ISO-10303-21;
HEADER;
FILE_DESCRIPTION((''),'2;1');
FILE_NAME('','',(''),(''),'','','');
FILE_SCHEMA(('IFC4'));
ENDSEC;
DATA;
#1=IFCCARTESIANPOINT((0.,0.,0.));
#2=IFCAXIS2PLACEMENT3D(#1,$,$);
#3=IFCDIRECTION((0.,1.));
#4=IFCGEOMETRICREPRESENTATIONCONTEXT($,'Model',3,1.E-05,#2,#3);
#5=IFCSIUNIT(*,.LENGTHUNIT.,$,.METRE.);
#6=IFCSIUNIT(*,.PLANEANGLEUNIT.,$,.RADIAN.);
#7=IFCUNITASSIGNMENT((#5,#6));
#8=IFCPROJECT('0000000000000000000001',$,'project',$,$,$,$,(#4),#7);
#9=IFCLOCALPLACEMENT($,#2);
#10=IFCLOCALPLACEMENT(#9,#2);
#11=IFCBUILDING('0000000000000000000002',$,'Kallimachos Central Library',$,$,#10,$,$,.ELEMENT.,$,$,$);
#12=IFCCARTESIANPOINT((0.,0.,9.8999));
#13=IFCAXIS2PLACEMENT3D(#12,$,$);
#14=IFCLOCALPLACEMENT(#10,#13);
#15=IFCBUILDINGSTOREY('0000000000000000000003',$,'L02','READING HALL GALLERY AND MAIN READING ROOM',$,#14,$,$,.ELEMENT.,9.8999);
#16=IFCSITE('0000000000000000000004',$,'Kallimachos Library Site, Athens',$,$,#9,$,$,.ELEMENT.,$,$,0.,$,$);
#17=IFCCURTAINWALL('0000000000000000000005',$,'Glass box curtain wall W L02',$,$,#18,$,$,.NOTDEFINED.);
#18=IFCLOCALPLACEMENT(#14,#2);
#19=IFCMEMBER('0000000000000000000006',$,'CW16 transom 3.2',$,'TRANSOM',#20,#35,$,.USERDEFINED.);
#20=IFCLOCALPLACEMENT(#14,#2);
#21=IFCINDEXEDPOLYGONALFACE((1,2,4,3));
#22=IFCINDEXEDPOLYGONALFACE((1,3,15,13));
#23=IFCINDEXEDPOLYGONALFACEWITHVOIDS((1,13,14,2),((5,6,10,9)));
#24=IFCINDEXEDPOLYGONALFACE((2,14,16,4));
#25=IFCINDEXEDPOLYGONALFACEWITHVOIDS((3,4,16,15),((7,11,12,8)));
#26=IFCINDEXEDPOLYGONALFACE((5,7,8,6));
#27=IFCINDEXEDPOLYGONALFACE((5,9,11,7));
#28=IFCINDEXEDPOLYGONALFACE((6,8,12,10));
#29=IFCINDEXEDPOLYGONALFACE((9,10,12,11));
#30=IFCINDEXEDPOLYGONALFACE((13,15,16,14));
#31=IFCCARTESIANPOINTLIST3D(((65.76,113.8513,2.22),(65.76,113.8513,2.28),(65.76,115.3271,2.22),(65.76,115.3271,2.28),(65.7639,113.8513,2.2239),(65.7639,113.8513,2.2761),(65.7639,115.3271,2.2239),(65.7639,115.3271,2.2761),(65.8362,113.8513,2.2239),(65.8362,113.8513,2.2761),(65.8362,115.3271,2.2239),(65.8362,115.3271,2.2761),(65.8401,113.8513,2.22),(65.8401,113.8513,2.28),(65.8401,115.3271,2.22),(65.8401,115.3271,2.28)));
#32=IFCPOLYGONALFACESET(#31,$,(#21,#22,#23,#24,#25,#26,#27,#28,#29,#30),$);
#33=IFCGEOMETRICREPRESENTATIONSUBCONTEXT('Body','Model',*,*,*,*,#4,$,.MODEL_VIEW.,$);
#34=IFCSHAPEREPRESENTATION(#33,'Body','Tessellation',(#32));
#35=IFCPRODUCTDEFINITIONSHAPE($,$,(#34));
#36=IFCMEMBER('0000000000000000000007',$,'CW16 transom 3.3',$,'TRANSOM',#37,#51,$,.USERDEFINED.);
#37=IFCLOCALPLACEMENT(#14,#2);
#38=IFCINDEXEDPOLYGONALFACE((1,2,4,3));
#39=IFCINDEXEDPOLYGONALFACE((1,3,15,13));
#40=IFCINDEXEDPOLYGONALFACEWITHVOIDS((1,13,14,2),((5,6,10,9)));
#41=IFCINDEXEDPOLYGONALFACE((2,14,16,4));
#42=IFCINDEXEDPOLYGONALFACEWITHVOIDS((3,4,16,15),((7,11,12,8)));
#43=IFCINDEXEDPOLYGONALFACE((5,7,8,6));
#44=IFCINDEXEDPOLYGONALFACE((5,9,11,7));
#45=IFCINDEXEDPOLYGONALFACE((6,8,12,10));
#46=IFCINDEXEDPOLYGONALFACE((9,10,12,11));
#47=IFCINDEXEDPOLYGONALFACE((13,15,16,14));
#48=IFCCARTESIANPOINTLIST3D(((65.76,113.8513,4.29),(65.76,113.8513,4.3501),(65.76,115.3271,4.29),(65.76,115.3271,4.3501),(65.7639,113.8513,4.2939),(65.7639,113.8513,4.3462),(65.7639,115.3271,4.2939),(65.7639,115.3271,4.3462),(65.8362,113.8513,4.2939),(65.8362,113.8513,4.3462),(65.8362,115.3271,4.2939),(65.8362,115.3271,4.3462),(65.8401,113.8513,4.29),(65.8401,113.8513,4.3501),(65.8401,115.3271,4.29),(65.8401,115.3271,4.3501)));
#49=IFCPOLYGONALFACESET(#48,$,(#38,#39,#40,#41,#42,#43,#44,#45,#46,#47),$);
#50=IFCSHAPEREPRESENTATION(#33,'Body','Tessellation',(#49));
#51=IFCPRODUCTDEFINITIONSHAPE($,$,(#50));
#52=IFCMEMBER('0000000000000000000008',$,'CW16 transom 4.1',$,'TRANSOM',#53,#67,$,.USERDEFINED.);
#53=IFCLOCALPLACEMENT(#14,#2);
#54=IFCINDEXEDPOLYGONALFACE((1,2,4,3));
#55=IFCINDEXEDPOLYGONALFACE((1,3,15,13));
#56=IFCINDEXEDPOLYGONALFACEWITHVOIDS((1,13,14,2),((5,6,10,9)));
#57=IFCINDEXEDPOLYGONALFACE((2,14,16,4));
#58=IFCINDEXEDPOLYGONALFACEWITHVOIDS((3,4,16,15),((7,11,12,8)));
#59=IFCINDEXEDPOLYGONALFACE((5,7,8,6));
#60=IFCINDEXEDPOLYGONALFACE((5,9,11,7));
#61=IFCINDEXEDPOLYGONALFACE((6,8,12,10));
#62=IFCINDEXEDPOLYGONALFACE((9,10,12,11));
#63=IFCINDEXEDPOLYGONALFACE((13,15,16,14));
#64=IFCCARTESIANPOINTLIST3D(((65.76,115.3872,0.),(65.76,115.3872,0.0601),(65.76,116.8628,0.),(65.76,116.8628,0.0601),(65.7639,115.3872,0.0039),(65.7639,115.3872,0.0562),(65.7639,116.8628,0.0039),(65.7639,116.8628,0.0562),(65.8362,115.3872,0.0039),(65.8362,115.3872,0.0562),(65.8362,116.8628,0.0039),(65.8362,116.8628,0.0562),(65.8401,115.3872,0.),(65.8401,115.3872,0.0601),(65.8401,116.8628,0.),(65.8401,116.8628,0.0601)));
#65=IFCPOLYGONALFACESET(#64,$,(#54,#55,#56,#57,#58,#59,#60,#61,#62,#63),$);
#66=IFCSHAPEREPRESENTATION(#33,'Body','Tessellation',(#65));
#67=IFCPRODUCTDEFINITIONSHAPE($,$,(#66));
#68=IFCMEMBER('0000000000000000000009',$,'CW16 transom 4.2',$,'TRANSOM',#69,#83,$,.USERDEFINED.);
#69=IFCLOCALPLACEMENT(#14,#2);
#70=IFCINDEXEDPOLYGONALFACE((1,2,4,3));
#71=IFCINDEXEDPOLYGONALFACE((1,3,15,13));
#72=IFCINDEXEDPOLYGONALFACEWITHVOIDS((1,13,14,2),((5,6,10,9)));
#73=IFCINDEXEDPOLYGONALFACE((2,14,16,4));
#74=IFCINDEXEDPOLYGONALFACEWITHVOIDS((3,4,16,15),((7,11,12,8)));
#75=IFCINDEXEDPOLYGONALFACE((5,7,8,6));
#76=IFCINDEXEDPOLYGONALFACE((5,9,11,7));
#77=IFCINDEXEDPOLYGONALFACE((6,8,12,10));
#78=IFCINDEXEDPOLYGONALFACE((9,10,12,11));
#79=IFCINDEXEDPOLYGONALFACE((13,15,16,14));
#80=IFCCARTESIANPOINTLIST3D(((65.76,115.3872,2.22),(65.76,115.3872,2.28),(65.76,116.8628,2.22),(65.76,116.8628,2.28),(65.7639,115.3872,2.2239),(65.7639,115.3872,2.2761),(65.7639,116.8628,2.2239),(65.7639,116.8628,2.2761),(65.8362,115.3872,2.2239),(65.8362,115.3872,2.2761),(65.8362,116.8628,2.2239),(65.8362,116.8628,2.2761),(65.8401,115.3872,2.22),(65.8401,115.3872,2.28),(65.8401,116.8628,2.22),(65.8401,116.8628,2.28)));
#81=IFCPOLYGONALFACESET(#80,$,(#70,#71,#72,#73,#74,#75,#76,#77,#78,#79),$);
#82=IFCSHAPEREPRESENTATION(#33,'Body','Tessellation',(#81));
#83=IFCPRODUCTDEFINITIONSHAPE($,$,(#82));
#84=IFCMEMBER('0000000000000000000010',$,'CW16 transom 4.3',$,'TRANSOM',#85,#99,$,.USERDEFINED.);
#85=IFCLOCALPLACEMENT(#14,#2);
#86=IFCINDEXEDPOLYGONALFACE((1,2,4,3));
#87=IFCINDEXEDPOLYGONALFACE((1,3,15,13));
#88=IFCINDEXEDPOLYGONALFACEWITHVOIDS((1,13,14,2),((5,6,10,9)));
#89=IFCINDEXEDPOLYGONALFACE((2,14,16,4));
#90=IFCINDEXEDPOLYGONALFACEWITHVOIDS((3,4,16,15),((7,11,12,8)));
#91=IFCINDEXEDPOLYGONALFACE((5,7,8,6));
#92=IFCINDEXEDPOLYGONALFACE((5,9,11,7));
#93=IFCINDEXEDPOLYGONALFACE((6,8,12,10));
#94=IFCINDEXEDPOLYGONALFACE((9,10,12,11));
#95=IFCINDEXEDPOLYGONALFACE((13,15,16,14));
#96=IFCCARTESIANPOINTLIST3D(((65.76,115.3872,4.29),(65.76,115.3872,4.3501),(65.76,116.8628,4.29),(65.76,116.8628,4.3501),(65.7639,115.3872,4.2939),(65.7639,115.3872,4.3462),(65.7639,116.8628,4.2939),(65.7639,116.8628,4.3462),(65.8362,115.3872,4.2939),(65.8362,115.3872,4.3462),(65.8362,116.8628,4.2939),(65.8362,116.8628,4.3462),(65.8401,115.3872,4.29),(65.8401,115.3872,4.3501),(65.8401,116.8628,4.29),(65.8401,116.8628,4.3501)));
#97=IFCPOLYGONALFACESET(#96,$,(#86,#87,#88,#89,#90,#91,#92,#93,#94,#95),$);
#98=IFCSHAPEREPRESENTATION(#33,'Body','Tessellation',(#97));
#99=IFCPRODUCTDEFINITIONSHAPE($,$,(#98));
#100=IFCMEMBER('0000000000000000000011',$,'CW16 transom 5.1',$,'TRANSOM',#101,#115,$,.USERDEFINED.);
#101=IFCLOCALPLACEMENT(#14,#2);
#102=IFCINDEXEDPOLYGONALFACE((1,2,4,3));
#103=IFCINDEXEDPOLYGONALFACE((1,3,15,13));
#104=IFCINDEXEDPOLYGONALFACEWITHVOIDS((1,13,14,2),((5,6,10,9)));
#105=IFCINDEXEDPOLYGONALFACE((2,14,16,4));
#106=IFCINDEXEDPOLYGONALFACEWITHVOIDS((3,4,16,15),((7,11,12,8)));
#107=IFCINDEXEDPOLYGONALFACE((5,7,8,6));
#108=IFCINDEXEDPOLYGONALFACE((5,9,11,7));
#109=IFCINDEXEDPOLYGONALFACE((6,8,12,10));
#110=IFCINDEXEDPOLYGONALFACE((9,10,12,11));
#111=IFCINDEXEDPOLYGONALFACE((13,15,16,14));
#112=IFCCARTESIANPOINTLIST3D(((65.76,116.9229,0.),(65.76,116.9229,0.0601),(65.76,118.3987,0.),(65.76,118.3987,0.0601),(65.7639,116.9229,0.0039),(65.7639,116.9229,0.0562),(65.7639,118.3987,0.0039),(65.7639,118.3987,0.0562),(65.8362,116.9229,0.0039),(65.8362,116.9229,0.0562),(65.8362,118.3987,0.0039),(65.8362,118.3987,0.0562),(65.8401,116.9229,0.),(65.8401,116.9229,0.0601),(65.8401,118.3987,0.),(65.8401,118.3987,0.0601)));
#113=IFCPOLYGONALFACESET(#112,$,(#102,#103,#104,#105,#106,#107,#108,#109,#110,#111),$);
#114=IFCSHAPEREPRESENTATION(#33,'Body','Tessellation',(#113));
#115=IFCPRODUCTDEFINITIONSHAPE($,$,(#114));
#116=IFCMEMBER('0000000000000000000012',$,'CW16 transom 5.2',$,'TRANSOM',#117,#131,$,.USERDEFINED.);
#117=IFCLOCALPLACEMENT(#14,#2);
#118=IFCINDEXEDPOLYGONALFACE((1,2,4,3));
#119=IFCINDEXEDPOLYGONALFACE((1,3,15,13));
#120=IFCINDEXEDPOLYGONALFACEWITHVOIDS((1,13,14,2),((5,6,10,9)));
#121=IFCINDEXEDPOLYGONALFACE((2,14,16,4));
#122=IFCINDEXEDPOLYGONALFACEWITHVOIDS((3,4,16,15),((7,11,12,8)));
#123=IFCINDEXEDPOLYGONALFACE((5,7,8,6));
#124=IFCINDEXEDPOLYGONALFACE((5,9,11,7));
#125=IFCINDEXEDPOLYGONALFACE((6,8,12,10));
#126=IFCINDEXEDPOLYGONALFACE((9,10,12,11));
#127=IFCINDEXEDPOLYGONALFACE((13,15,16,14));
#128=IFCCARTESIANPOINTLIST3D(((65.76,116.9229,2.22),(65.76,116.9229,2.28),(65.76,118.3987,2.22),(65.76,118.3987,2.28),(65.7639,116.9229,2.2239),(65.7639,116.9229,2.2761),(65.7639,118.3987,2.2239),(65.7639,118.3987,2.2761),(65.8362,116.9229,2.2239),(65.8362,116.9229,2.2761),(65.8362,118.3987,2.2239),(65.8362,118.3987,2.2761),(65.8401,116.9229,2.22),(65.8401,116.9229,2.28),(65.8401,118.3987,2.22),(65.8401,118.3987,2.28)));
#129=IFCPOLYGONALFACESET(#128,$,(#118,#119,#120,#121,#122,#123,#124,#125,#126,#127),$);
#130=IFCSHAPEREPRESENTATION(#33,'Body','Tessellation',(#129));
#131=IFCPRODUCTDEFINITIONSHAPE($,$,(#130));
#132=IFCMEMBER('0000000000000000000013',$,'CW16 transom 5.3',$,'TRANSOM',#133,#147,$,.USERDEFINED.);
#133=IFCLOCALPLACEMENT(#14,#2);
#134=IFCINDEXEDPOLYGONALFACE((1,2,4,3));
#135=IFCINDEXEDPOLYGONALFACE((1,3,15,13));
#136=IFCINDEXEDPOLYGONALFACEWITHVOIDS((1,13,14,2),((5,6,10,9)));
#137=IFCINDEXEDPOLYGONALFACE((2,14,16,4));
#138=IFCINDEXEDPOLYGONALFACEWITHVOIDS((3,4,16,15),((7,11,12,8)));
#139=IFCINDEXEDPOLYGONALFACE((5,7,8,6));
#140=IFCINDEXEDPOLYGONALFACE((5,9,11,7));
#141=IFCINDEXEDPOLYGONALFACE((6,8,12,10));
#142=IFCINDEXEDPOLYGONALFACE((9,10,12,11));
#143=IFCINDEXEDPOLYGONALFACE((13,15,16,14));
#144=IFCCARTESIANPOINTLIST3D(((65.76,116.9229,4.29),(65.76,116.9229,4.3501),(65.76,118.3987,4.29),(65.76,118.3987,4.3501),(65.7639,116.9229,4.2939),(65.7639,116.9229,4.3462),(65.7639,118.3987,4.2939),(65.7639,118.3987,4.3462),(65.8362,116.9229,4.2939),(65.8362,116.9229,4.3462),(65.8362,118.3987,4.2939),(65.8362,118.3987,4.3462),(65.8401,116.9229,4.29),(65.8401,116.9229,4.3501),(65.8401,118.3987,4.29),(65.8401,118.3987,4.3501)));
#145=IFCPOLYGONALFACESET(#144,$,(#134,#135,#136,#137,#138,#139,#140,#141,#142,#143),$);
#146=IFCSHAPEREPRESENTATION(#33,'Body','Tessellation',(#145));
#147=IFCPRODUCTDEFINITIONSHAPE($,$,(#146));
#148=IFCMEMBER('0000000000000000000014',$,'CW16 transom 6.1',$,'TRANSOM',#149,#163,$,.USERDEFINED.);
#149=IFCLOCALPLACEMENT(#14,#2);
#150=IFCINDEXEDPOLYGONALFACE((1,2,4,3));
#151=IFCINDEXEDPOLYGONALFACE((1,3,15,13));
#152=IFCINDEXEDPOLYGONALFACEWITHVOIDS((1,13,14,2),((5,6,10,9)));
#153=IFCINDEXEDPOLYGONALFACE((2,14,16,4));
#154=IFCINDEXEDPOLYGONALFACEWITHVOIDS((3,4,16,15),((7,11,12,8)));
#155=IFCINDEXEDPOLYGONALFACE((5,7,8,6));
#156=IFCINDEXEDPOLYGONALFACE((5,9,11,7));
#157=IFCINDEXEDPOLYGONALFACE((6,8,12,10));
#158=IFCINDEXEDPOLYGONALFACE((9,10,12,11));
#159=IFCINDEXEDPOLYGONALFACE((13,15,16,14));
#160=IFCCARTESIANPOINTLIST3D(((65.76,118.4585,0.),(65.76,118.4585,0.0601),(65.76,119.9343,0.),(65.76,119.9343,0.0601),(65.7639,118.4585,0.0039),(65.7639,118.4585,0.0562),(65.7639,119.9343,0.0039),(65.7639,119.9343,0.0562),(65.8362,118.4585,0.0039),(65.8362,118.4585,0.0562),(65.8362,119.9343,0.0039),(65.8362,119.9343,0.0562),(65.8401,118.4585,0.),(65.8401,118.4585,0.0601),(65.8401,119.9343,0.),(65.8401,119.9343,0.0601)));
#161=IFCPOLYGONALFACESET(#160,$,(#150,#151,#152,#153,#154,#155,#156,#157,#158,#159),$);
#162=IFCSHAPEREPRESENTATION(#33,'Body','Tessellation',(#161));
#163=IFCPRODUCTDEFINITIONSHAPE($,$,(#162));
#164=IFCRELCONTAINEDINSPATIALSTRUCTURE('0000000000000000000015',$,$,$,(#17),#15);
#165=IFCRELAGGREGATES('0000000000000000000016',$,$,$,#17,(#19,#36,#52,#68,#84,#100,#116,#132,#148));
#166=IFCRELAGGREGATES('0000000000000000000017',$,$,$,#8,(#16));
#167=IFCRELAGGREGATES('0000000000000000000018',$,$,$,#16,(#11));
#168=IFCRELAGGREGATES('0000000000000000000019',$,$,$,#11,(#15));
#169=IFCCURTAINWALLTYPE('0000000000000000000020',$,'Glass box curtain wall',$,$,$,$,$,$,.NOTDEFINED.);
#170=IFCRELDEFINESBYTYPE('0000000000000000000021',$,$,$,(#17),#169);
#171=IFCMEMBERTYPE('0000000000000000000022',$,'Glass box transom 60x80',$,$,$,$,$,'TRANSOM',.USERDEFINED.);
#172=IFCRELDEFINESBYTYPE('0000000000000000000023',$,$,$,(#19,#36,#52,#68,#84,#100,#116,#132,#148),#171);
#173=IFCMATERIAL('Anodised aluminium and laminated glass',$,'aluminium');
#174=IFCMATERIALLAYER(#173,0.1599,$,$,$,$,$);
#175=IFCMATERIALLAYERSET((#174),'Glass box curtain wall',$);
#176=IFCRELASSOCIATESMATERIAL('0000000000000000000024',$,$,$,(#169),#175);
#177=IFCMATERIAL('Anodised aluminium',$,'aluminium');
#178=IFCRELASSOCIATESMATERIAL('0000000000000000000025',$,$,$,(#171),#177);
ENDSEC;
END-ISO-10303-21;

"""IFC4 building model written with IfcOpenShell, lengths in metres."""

from ifc_helpers import new_model, si_unit, direction, frame, origin, origin_2d, place, context, subcontext, project, spatial, hollow_rectangle, extrude, material, layer, layer_set, material_profile, profile_set, type_object, element, aggregate, save


model = new_model("IFC4")

# Units and contexts
model_context = context("Model", 3, precision=1e-05, world=origin(), true_north=direction((0.0, 1.0)))
body_context = subcontext(model_context, "Body", "Model", "MODEL_VIEW")
ifc_project = project(units=[si_unit("LENGTHUNIT", "METRE"), si_unit("PLANEANGLEUNIT", "RADIAN")], contexts=[model_context])

# Site, building, storey
site_placement = place(None, origin())
site = spatial("IfcSite", under=ifc_project, at=site_placement, Name="Kallimachos Library Site, Athens", CompositionType="ELEMENT", RefElevation=0.0)
building_placement = place(site_placement, origin())
building = spatial("IfcBuilding", under=site, at=building_placement, Name="Kallimachos Central Library", CompositionType="ELEMENT")
storey_placement = place(building_placement, frame((0.0, 0.0, 9.8999)))
storey = spatial("IfcBuildingStorey", under=building, at=storey_placement, Name="L02", Description="READING HALL GALLERY AND MAIN READING ROOM", CompositionType="ELEMENT", Elevation=9.8999)

# Curtain wall, members
ifc_material_1 = material(Name="Anodised aluminium and laminated glass", Category="aluminium")
ifc_layer_1 = layer(ifc_material_1, 0.1599)
ifc_layer_set_1 = layer_set([ifc_layer_1], Name="Glass box curtain wall")
curtain_wall_type = type_object("IfcCurtainWallType", Name="Glass box curtain wall", PredefinedType="NOTDEFINED", material=ifc_layer_set_1)
curtain_wall_placement = place(storey_placement, origin())
curtain_wall = element("IfcCurtainWall", 1, at=curtain_wall_placement, inside=storey, type_object=curtain_wall_type, Name="Glass box curtain wall W L02", PredefinedType="NOTDEFINED")
ifc_material_2 = material(Name="Anodised aluminium", Category="aluminium")
ifc_material_profile_1 = material_profile(ifc_material_2, hollow_rectangle(XDim=0.0601, YDim=0.0801, WallThickness=0.0039, at=origin_2d()), Name="ALU TRANSOM 60x80")
ifc_profile_set_1 = profile_set([ifc_material_profile_1], Name="Anodised aluminium")
member_type_1 = type_object("IfcMemberType", Name="Glass box transom 60x80", ElementType="TRANSOM", PredefinedType="USERDEFINED", material=ifc_profile_set_1)
member_1_placement = place(storey_placement, frame((65.8, 113.8513, 2.25), z_axis=(0.0, 1.0, 0.0), x_axis=(0.0, 0.0, 1.0)))
member_1 = element("IfcMember", 2, at=member_1_placement, type_object=member_type_1, Name="CW16 transom 3.2", ObjectType="TRANSOM", PredefinedType="USERDEFINED", context=body_context, shape_type="SweptSolid", body=[
    extrude(hollow_rectangle(XDim=0.0601, YDim=0.0801, WallThickness=0.0039, at=origin_2d()), origin(), (0.0, 0.0, 1.0), 1.4758),
])
member_2_placement = place(storey_placement, frame((65.8, 113.8513, 4.3201), z_axis=(0.0, 1.0, 0.0), x_axis=(0.0, 0.0, 1.0)))
member_2 = element("IfcMember", 3, at=member_2_placement, type_object=member_type_1, Name="CW16 transom 3.3", ObjectType="TRANSOM", PredefinedType="USERDEFINED", context=body_context, shape_type="SweptSolid", body=[
    extrude(hollow_rectangle(XDim=0.0601, YDim=0.0801, WallThickness=0.0039, at=origin_2d()), origin(), (0.0, 0.0, 1.0), 1.4758),
])
member_3_placement = place(storey_placement, frame((65.8, 115.3872, 0.03), z_axis=(0.0, 1.0, 0.0), x_axis=(0.0, 0.0, 1.0)))
member_3 = element("IfcMember", 4, at=member_3_placement, type_object=member_type_1, Name="CW16 transom 4.1", ObjectType="TRANSOM", PredefinedType="USERDEFINED", context=body_context, shape_type="SweptSolid", body=[
    extrude(hollow_rectangle(XDim=0.0601, YDim=0.0801, WallThickness=0.0039, at=origin_2d()), origin(), (0.0, 0.0, 1.0), 1.4756),
])
member_4_placement = place(storey_placement, frame((65.8, 115.3872, 2.25), z_axis=(0.0, 1.0, 0.0), x_axis=(0.0, 0.0, 1.0)))
member_4 = element("IfcMember", 5, at=member_4_placement, type_object=member_type_1, Name="CW16 transom 4.2", ObjectType="TRANSOM", PredefinedType="USERDEFINED", context=body_context, shape_type="SweptSolid", body=[
    extrude(hollow_rectangle(XDim=0.0601, YDim=0.0801, WallThickness=0.0039, at=origin_2d()), origin(), (0.0, 0.0, 1.0), 1.4756),
])
member_5_placement = place(storey_placement, frame((65.8, 115.3872, 4.3201), z_axis=(0.0, 1.0, 0.0), x_axis=(0.0, 0.0, 1.0)))
member_5 = element("IfcMember", 6, at=member_5_placement, type_object=member_type_1, Name="CW16 transom 4.3", ObjectType="TRANSOM", PredefinedType="USERDEFINED", context=body_context, shape_type="SweptSolid", body=[
    extrude(hollow_rectangle(XDim=0.0601, YDim=0.0801, WallThickness=0.0039, at=origin_2d()), origin(), (0.0, 0.0, 1.0), 1.4756),
])
member_6_placement = place(storey_placement, frame((65.8, 116.9229, 0.03), z_axis=(0.0, 1.0, 0.0), x_axis=(0.0, 0.0, 1.0)))
member_6 = element("IfcMember", 7, at=member_6_placement, type_object=member_type_1, Name="CW16 transom 5.1", ObjectType="TRANSOM", PredefinedType="USERDEFINED", context=body_context, shape_type="SweptSolid", body=[
    extrude(hollow_rectangle(XDim=0.0601, YDim=0.0801, WallThickness=0.0039, at=origin_2d()), origin(), (0.0, 0.0, 1.0), 1.4758),
])
member_7_placement = place(storey_placement, frame((65.8, 116.9229, 2.25), z_axis=(0.0, 1.0, 0.0), x_axis=(0.0, 0.0, 1.0)))
member_7 = element("IfcMember", 8, at=member_7_placement, type_object=member_type_1, Name="CW16 transom 5.2", ObjectType="TRANSOM", PredefinedType="USERDEFINED", context=body_context, shape_type="SweptSolid", body=[
    extrude(hollow_rectangle(XDim=0.0601, YDim=0.0801, WallThickness=0.0039, at=origin_2d()), origin(), (0.0, 0.0, 1.0), 1.4758),
])
member_8_placement = place(storey_placement, frame((65.8, 116.9229, 4.3201), z_axis=(0.0, 1.0, 0.0), x_axis=(0.0, 0.0, 1.0)))
member_8 = element("IfcMember", 9, at=member_8_placement, type_object=member_type_1, Name="CW16 transom 5.3", ObjectType="TRANSOM", PredefinedType="USERDEFINED", context=body_context, shape_type="SweptSolid", body=[
    extrude(hollow_rectangle(XDim=0.0601, YDim=0.0801, WallThickness=0.0039, at=origin_2d()), origin(), (0.0, 0.0, 1.0), 1.4758),
])
member_9_placement = place(storey_placement, frame((65.8, 118.4585, 0.03), z_axis=(0.0, 1.0, 0.0), x_axis=(0.0, 0.0, 1.0)))
member_9 = element("IfcMember", 10, at=member_9_placement, type_object=member_type_1, Name="CW16 transom 6.1", ObjectType="TRANSOM", PredefinedType="USERDEFINED", context=body_context, shape_type="SweptSolid", body=[
    extrude(hollow_rectangle(XDim=0.0601, YDim=0.0801, WallThickness=0.0039, at=origin_2d()), origin(), (0.0, 0.0, 1.0), 1.4758),
])

aggregate(curtain_wall, [member_1, member_2, member_3, member_4, member_5, member_6, member_7, member_8, member_9])

save(model, "model.ifc")
